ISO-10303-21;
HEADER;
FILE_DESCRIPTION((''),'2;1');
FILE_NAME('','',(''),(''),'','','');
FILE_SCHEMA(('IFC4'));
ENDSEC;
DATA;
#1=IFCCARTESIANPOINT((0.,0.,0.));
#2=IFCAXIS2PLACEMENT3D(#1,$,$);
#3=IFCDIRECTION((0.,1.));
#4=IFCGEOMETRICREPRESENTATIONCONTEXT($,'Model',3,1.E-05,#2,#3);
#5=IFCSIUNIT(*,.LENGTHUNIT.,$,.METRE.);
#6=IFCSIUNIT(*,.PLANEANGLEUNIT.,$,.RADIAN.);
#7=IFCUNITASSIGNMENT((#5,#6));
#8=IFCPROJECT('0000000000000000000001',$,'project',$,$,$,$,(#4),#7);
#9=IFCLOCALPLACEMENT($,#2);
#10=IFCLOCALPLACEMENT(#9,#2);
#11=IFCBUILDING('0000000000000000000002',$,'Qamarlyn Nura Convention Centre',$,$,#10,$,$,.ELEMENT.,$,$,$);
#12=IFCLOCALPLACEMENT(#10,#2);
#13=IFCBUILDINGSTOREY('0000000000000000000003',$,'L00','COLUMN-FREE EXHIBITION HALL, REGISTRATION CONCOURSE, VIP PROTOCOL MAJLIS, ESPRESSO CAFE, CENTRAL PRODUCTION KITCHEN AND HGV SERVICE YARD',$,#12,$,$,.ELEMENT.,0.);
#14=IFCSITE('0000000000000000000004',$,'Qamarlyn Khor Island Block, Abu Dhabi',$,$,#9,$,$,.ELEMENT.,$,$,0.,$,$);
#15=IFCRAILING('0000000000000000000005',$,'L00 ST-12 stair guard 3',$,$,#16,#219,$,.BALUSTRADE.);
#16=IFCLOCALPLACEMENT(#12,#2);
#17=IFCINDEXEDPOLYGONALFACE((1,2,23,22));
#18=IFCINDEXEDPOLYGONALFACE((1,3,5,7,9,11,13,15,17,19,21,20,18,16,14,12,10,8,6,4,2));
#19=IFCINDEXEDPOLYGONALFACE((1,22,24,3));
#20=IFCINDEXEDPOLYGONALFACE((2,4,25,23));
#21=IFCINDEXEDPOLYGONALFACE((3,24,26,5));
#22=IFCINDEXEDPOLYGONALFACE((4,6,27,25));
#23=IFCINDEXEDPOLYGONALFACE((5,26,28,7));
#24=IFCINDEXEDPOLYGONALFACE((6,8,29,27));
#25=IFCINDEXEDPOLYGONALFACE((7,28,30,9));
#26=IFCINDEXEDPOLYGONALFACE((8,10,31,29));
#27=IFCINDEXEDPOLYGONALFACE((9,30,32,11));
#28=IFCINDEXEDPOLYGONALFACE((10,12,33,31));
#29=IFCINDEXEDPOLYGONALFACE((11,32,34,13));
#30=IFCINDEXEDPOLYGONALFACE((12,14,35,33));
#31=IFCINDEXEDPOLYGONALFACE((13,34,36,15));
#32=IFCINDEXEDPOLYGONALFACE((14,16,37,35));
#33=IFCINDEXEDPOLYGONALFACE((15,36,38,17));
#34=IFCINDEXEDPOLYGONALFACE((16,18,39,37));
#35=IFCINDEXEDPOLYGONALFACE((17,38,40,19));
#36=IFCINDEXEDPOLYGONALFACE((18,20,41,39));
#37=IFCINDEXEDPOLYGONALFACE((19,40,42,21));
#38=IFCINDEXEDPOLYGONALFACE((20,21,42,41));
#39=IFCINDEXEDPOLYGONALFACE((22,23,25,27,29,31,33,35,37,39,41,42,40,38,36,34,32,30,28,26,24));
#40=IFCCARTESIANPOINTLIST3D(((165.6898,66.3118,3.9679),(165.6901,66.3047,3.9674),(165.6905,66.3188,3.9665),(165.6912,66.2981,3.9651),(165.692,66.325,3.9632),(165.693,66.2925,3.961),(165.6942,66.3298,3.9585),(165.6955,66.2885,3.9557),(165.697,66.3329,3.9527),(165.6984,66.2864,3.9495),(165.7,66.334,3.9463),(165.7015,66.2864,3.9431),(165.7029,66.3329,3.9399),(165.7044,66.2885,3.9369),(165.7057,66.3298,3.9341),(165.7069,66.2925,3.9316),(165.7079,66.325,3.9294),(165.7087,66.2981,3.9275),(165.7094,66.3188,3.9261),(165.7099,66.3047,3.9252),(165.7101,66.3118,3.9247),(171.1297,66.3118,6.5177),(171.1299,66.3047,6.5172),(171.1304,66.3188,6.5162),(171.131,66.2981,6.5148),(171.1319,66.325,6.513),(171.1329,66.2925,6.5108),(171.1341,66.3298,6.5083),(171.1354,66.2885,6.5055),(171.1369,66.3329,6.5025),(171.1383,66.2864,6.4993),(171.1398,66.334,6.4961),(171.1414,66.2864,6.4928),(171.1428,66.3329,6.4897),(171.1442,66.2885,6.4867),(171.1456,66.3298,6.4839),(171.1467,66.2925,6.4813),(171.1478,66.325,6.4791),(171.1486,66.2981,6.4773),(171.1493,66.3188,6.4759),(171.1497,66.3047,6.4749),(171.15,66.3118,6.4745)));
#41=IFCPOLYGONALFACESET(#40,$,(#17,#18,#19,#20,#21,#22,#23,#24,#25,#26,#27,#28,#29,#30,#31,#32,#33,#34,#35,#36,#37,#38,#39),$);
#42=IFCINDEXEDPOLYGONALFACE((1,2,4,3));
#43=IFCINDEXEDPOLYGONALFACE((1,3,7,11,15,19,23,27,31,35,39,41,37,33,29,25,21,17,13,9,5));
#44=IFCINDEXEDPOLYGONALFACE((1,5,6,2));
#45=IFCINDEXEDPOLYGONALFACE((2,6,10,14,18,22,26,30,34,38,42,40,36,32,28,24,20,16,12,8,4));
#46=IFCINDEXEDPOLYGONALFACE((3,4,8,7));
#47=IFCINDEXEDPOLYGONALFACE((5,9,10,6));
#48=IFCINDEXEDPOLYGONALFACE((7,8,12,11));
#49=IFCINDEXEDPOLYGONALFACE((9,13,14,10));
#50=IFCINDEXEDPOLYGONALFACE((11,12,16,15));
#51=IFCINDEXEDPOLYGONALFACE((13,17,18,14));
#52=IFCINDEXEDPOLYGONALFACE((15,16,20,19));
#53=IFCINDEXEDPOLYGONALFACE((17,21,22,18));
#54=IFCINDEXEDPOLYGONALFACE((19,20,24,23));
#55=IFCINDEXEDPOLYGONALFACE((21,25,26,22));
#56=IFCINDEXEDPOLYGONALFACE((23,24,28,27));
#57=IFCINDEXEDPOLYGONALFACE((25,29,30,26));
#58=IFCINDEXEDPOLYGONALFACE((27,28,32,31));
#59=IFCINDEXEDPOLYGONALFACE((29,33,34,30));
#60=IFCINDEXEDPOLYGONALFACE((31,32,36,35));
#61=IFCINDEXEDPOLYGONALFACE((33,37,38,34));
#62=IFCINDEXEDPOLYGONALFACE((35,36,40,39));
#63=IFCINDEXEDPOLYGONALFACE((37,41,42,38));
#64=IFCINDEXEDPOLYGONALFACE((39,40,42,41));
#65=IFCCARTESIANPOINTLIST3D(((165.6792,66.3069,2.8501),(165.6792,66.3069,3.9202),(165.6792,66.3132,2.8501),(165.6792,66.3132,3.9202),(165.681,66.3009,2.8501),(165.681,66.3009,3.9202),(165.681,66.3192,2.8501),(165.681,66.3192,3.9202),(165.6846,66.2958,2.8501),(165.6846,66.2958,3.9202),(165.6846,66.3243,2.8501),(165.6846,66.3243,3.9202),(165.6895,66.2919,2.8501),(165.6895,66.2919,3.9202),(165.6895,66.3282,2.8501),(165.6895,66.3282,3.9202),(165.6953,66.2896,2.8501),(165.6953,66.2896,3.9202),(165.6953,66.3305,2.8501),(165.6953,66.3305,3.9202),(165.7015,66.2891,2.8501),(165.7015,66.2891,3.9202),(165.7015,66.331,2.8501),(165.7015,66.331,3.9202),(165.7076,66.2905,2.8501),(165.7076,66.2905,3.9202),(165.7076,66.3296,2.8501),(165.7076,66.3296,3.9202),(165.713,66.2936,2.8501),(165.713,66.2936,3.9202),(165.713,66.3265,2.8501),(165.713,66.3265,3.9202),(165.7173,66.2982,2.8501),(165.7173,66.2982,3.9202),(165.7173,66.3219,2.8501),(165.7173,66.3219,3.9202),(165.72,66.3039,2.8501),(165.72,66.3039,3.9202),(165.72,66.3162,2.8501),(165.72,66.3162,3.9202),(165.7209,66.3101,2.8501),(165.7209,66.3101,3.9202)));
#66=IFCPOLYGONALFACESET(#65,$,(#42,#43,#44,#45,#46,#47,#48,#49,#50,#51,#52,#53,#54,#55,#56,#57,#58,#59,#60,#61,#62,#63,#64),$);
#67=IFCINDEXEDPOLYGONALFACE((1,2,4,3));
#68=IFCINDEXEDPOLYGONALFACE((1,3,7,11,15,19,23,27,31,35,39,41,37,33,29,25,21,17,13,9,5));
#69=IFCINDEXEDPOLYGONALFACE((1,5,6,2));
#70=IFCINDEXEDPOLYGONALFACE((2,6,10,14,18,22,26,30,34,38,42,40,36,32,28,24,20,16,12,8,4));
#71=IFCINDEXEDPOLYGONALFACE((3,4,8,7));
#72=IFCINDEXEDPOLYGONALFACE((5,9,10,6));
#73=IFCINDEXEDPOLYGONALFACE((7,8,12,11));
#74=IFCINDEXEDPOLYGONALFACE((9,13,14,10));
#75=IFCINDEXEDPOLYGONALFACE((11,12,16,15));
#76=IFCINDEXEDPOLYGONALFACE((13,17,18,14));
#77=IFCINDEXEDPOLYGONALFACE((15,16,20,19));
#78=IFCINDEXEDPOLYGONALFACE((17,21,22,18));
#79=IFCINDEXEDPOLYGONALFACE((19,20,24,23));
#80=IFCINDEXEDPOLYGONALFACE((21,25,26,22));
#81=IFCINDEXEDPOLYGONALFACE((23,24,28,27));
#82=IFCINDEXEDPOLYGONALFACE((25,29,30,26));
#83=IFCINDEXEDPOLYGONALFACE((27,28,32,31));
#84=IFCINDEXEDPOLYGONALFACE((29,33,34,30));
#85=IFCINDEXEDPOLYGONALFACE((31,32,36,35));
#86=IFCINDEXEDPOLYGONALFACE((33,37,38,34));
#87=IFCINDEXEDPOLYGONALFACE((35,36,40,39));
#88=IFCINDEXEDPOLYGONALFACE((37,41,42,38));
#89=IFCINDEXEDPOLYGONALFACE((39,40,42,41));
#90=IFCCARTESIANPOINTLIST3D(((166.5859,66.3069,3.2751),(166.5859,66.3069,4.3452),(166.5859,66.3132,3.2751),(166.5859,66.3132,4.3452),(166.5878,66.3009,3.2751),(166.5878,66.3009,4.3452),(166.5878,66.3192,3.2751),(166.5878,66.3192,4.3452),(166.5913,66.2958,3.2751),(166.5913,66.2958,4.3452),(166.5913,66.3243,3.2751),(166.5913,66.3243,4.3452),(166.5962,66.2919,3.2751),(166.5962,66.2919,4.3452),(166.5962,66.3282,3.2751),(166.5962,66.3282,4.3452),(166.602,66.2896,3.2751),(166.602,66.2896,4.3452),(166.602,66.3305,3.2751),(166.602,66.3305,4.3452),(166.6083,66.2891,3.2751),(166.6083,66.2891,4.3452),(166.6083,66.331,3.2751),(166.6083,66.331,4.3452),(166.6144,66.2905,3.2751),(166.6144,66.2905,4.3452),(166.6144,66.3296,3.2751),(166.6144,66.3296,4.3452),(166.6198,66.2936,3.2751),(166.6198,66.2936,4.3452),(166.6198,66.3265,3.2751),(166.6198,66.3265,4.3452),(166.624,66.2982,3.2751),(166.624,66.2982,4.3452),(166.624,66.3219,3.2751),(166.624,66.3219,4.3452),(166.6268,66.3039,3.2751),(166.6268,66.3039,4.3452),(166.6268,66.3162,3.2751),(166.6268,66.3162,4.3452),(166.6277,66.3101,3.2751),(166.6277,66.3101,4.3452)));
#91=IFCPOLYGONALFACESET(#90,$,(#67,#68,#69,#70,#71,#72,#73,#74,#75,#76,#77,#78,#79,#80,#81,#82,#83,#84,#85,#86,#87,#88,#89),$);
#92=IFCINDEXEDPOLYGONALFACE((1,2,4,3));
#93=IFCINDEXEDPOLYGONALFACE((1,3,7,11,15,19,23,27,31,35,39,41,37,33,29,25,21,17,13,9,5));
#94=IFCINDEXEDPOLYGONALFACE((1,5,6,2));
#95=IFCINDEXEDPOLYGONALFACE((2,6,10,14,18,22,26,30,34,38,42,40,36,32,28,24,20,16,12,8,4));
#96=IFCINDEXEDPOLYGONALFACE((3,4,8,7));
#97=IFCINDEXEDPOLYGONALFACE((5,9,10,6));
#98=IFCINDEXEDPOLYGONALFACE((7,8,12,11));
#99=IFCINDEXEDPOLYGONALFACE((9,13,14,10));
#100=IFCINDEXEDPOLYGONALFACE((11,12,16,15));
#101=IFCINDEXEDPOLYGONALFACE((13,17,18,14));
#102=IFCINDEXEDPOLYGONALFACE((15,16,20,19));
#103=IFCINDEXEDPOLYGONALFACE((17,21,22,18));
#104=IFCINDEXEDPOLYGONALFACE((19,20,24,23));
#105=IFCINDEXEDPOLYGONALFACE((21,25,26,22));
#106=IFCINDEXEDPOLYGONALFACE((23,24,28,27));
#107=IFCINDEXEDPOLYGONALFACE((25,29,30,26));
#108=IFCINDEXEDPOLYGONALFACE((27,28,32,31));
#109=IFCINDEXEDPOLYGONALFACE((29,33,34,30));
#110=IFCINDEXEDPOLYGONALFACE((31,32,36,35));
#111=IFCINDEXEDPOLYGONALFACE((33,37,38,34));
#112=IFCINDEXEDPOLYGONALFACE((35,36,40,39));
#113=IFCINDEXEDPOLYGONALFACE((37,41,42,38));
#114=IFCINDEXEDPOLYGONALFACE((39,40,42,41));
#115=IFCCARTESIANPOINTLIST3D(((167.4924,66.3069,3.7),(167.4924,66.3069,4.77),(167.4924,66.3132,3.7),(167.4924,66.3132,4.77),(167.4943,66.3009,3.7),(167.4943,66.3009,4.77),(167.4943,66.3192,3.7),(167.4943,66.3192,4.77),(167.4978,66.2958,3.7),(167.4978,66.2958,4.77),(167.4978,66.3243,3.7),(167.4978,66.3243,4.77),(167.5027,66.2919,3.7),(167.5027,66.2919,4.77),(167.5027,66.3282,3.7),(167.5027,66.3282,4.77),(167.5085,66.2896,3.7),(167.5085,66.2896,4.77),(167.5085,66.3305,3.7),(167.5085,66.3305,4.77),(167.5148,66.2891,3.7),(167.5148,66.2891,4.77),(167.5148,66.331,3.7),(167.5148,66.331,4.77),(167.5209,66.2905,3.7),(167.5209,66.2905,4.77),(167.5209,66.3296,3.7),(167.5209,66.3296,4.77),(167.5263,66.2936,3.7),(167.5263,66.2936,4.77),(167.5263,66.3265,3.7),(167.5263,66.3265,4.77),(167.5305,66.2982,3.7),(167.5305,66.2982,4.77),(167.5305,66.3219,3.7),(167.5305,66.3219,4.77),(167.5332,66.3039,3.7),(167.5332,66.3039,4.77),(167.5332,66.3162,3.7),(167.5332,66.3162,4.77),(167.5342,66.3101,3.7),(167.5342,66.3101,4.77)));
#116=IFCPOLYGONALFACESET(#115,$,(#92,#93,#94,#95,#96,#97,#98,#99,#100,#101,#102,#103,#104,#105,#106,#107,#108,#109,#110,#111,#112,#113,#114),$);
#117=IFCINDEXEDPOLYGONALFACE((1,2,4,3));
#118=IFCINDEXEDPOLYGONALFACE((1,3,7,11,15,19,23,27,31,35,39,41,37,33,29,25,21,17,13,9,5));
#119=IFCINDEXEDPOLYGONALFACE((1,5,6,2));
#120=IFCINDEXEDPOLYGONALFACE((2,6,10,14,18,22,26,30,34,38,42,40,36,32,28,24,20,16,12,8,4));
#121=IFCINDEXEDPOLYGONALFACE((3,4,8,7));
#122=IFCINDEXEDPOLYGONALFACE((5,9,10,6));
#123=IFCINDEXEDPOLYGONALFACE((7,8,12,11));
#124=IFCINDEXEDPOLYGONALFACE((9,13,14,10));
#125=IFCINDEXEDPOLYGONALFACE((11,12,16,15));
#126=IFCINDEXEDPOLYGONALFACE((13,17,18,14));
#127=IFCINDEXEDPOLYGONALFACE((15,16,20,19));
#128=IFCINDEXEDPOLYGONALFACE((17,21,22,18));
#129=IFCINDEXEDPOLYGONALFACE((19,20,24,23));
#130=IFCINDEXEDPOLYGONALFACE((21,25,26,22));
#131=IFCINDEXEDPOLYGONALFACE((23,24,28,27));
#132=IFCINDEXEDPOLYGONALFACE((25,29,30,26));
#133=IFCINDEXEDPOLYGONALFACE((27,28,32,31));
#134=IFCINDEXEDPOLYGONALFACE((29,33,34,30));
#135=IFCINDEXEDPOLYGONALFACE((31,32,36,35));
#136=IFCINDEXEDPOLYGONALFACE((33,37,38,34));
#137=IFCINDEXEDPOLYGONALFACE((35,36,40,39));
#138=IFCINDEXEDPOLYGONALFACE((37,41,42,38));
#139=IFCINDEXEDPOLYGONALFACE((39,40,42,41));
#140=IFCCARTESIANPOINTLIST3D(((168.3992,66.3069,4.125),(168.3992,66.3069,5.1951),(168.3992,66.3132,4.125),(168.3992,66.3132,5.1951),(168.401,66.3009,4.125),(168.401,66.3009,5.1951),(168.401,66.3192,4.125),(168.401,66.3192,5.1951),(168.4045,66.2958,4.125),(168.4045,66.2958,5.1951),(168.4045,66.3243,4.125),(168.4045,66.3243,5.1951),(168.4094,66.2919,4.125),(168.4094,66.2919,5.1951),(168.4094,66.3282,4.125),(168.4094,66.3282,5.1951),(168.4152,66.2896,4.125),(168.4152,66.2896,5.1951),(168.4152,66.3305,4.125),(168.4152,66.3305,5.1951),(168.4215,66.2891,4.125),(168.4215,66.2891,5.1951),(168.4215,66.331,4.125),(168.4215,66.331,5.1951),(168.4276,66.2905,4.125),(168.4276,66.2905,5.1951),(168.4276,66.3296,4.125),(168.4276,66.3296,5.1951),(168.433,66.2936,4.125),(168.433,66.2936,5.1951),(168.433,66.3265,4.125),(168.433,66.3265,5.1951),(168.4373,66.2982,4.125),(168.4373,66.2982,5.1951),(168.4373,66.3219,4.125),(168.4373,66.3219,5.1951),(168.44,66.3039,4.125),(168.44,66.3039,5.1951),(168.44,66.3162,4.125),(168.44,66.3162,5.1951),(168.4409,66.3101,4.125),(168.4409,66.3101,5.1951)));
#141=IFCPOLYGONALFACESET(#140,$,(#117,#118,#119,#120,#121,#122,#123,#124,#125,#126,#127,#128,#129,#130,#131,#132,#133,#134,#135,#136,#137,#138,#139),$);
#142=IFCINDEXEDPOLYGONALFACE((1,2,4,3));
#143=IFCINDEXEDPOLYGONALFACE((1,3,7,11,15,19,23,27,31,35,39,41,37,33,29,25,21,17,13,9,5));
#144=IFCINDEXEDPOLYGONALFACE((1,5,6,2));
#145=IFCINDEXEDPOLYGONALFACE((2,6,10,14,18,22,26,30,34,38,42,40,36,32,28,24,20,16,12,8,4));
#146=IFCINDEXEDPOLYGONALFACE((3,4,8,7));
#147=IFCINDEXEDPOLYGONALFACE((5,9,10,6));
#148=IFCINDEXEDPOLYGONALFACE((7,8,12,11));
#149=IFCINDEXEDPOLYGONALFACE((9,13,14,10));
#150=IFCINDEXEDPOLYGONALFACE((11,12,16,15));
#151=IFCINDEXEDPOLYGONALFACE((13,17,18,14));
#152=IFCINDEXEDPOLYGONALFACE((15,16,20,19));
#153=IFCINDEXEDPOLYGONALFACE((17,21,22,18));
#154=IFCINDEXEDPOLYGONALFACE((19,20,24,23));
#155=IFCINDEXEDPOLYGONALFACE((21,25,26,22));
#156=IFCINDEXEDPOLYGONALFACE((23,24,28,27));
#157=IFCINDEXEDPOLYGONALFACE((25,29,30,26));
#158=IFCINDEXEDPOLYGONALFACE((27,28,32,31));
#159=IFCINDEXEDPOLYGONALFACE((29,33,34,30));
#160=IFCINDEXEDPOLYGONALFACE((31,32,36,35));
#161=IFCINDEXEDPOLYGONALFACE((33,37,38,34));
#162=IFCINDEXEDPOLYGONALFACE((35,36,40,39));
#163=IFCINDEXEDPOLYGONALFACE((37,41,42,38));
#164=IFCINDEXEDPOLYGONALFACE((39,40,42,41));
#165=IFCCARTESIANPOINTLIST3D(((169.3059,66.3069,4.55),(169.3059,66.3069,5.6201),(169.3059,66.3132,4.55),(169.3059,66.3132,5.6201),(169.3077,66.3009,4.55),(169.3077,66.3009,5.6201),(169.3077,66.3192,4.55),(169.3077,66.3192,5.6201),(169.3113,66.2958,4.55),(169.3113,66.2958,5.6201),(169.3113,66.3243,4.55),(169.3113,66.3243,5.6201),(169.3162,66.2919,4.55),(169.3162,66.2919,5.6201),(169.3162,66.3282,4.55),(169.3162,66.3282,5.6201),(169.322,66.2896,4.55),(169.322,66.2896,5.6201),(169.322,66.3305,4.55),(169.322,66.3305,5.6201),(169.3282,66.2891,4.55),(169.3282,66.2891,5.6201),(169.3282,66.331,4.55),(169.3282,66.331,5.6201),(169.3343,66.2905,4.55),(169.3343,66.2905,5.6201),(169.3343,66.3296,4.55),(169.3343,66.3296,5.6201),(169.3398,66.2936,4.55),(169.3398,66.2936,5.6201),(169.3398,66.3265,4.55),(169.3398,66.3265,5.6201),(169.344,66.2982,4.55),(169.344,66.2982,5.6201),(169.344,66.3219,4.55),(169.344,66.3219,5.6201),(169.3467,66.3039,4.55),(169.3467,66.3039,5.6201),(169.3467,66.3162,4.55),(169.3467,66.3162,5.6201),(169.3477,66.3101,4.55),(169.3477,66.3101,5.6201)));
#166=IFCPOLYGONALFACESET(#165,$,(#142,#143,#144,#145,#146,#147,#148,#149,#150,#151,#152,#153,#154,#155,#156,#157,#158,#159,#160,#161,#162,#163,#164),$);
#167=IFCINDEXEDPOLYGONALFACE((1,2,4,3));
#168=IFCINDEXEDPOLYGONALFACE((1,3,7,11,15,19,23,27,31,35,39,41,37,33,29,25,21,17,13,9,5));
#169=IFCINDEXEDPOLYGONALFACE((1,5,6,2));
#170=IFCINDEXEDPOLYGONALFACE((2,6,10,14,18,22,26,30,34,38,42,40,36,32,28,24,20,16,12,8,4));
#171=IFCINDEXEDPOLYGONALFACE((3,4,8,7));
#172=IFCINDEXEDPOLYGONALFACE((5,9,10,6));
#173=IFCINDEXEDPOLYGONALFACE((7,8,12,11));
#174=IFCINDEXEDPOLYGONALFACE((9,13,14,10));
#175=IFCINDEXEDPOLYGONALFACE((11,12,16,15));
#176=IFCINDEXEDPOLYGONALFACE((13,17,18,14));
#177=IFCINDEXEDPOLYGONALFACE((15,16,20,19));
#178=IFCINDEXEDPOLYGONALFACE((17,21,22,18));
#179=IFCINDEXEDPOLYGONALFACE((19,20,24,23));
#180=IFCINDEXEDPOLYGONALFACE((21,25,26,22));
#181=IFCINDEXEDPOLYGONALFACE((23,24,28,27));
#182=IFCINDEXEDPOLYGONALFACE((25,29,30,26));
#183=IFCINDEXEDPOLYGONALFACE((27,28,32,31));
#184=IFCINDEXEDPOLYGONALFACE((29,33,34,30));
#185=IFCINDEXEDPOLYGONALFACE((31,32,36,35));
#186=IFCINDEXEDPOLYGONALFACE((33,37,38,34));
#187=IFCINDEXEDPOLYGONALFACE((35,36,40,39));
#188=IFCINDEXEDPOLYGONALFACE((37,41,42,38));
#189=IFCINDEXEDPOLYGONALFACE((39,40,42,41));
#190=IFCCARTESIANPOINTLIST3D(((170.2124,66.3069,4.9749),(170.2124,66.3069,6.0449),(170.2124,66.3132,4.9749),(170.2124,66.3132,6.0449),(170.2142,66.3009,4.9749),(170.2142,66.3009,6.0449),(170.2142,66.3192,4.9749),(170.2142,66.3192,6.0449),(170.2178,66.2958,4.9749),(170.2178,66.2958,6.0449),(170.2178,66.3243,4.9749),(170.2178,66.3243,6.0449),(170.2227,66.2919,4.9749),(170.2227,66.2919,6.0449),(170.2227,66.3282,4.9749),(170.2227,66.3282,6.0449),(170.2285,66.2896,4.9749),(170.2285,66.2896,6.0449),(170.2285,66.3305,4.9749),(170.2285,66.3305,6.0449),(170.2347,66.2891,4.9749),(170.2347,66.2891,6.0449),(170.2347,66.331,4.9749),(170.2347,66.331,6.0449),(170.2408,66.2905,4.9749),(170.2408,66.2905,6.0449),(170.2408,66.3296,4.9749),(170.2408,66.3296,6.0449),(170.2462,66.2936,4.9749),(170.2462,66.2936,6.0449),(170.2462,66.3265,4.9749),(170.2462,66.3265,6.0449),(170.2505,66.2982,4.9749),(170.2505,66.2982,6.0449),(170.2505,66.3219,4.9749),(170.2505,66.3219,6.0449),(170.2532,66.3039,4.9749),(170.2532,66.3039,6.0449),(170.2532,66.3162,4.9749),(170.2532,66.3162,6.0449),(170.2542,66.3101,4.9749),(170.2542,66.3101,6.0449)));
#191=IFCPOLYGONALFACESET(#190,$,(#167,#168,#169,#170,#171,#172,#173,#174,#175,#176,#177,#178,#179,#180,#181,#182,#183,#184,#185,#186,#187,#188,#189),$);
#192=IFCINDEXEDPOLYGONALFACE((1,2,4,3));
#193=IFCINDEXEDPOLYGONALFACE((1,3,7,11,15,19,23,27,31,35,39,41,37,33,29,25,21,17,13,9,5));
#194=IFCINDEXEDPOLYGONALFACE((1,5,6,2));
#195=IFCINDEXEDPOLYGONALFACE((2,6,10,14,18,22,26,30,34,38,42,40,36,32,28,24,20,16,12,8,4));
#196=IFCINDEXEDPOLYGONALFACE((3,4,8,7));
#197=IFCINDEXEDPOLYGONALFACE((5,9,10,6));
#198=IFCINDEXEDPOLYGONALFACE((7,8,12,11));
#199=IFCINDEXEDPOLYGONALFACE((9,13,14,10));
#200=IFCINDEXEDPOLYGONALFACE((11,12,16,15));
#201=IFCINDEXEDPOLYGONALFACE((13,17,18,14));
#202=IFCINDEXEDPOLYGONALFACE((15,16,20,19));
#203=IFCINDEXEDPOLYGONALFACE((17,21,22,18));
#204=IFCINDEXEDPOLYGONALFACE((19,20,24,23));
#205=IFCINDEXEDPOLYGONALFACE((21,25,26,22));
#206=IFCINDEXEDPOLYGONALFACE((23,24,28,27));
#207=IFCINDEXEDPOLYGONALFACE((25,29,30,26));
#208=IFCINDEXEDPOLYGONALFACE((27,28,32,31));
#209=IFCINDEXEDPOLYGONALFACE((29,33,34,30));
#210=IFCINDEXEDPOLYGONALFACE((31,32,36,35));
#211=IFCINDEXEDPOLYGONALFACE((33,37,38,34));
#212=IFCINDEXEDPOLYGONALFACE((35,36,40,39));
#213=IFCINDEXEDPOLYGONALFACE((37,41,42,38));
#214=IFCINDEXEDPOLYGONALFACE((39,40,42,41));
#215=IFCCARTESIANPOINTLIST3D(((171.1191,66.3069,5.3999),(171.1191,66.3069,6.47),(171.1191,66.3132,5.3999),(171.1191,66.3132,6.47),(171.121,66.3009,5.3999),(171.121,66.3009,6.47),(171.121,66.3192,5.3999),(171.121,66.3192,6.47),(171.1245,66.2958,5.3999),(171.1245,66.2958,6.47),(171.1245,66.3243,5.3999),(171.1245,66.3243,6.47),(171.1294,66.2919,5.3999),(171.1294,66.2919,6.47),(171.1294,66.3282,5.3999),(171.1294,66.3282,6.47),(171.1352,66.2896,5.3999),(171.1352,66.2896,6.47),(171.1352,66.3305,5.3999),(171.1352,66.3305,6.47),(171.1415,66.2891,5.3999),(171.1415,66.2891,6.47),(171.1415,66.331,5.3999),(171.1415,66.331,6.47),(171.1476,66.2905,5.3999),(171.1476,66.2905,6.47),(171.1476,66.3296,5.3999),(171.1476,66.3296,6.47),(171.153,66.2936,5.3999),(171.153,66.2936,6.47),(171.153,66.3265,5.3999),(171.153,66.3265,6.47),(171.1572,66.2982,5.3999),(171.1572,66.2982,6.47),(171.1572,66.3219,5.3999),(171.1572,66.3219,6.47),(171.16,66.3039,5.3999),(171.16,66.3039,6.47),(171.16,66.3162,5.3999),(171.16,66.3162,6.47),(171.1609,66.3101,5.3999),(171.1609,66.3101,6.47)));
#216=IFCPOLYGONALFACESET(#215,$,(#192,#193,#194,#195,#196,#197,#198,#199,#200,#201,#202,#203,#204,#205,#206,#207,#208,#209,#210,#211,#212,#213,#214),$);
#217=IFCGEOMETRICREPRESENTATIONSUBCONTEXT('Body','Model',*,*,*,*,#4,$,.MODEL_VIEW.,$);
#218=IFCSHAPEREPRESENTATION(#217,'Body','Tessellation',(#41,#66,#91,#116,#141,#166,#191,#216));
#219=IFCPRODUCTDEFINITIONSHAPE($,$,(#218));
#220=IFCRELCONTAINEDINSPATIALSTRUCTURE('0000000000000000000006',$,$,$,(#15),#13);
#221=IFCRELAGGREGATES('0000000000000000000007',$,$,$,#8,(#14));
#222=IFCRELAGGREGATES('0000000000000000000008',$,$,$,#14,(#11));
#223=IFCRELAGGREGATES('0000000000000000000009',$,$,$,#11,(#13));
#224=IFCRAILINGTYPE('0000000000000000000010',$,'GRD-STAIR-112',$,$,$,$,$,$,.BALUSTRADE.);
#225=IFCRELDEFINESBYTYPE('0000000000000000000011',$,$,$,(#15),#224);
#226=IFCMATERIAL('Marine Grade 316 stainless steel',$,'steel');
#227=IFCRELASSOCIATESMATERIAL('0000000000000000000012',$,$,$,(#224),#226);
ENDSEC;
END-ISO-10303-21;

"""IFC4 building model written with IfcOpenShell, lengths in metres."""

from ifc_helpers import new_model, si_unit, direction, frame, origin, origin_2d, place, context, subcontext, project, spatial, circle, extrude, material, type_object, element, save


model = new_model("IFC4")

# Units and contexts
model_context = context("Model", 3, precision=1e-05, world=origin(), true_north=direction((0.0, 1.0)))
body_context = subcontext(model_context, "Body", "Model", "MODEL_VIEW")
ifc_project = project(units=[si_unit("LENGTHUNIT", "METRE"), si_unit("PLANEANGLEUNIT", "RADIAN")], contexts=[model_context])

# Site, building, storey
site_placement = place(None, origin())
site = spatial("IfcSite", under=ifc_project, at=site_placement, Name="Qamarlyn Khor Island Block, Abu Dhabi", CompositionType="ELEMENT", RefElevation=0.0)
building_placement = place(site_placement, origin())
building = spatial("IfcBuilding", under=site, at=building_placement, Name="Qamarlyn Nura Convention Centre", CompositionType="ELEMENT")
storey_placement = place(building_placement, origin())
storey = spatial("IfcBuildingStorey", under=building, at=storey_placement, Name="L00", Description="COLUMN-FREE EXHIBITION HALL, REGISTRATION CONCOURSE, VIP PROTOCOL MAJLIS, ESPRESSO CAFE, CENTRAL PRODUCTION KITCHEN AND HGV SERVICE YARD", CompositionType="ELEMENT", Elevation=0.0)

# Shared definitions
ifc_material_1 = material(Name="Marine Grade 316 stainless steel", Category="steel")

# Railing
railing_type_1 = type_object("IfcRailingType", Name="GRD-STAIR-112", PredefinedType="BALUSTRADE", material=ifc_material_1)
railing_1_placement = place(storey_placement, frame((165.7, 66.3101, 2.8501)))
element("IfcRailing", 1, at=railing_1_placement, inside=storey, type_object=railing_type_1, Name="L00 ST-12 stair guard 3", PredefinedType="BALUSTRADE", context=body_context, shape_type="SweptSolid", body=[
    extrude(circle(Radius=0.0239, at=origin_2d()), frame((0.0, 0.0, 1.0962), z_axis=(0.90547, 0.0, 0.424411), x_axis=(0.0, 1.0, 0.0)), (0.0, 0.0, 1.0), 6.0078),
    extrude(circle(Radius=0.021, at=origin_2d()), origin(), (0.0, 0.0, 1.0), 1.0701),
    extrude(circle(Radius=0.021, at=origin_2d()), frame((0.9067, 0.0, 0.425)), (0.0, 0.0, 1.0), 1.0701),
    extrude(circle(Radius=0.021, at=origin_2d()), frame((1.8132, 0.0, 0.8499)), (0.0, 0.0, 1.0), 1.0701),
    extrude(circle(Radius=0.021, at=origin_2d()), frame((2.72, 0.0, 1.2749)), (0.0, 0.0, 1.0), 1.0701),
    extrude(circle(Radius=0.021, at=origin_2d()), frame((3.6267, 0.0, 1.7)), (0.0, 0.0, 1.0), 1.0701),
    extrude(circle(Radius=0.021, at=origin_2d()), frame((4.5332, 0.0, 2.1248)), (0.0, 0.0, 1.0), 1.0701),
    extrude(circle(Radius=0.021, at=origin_2d()), frame((5.4399, 0.0, 2.5498)), (0.0, 0.0, 1.0), 1.0701),
])

save(model, "model.ifc")
